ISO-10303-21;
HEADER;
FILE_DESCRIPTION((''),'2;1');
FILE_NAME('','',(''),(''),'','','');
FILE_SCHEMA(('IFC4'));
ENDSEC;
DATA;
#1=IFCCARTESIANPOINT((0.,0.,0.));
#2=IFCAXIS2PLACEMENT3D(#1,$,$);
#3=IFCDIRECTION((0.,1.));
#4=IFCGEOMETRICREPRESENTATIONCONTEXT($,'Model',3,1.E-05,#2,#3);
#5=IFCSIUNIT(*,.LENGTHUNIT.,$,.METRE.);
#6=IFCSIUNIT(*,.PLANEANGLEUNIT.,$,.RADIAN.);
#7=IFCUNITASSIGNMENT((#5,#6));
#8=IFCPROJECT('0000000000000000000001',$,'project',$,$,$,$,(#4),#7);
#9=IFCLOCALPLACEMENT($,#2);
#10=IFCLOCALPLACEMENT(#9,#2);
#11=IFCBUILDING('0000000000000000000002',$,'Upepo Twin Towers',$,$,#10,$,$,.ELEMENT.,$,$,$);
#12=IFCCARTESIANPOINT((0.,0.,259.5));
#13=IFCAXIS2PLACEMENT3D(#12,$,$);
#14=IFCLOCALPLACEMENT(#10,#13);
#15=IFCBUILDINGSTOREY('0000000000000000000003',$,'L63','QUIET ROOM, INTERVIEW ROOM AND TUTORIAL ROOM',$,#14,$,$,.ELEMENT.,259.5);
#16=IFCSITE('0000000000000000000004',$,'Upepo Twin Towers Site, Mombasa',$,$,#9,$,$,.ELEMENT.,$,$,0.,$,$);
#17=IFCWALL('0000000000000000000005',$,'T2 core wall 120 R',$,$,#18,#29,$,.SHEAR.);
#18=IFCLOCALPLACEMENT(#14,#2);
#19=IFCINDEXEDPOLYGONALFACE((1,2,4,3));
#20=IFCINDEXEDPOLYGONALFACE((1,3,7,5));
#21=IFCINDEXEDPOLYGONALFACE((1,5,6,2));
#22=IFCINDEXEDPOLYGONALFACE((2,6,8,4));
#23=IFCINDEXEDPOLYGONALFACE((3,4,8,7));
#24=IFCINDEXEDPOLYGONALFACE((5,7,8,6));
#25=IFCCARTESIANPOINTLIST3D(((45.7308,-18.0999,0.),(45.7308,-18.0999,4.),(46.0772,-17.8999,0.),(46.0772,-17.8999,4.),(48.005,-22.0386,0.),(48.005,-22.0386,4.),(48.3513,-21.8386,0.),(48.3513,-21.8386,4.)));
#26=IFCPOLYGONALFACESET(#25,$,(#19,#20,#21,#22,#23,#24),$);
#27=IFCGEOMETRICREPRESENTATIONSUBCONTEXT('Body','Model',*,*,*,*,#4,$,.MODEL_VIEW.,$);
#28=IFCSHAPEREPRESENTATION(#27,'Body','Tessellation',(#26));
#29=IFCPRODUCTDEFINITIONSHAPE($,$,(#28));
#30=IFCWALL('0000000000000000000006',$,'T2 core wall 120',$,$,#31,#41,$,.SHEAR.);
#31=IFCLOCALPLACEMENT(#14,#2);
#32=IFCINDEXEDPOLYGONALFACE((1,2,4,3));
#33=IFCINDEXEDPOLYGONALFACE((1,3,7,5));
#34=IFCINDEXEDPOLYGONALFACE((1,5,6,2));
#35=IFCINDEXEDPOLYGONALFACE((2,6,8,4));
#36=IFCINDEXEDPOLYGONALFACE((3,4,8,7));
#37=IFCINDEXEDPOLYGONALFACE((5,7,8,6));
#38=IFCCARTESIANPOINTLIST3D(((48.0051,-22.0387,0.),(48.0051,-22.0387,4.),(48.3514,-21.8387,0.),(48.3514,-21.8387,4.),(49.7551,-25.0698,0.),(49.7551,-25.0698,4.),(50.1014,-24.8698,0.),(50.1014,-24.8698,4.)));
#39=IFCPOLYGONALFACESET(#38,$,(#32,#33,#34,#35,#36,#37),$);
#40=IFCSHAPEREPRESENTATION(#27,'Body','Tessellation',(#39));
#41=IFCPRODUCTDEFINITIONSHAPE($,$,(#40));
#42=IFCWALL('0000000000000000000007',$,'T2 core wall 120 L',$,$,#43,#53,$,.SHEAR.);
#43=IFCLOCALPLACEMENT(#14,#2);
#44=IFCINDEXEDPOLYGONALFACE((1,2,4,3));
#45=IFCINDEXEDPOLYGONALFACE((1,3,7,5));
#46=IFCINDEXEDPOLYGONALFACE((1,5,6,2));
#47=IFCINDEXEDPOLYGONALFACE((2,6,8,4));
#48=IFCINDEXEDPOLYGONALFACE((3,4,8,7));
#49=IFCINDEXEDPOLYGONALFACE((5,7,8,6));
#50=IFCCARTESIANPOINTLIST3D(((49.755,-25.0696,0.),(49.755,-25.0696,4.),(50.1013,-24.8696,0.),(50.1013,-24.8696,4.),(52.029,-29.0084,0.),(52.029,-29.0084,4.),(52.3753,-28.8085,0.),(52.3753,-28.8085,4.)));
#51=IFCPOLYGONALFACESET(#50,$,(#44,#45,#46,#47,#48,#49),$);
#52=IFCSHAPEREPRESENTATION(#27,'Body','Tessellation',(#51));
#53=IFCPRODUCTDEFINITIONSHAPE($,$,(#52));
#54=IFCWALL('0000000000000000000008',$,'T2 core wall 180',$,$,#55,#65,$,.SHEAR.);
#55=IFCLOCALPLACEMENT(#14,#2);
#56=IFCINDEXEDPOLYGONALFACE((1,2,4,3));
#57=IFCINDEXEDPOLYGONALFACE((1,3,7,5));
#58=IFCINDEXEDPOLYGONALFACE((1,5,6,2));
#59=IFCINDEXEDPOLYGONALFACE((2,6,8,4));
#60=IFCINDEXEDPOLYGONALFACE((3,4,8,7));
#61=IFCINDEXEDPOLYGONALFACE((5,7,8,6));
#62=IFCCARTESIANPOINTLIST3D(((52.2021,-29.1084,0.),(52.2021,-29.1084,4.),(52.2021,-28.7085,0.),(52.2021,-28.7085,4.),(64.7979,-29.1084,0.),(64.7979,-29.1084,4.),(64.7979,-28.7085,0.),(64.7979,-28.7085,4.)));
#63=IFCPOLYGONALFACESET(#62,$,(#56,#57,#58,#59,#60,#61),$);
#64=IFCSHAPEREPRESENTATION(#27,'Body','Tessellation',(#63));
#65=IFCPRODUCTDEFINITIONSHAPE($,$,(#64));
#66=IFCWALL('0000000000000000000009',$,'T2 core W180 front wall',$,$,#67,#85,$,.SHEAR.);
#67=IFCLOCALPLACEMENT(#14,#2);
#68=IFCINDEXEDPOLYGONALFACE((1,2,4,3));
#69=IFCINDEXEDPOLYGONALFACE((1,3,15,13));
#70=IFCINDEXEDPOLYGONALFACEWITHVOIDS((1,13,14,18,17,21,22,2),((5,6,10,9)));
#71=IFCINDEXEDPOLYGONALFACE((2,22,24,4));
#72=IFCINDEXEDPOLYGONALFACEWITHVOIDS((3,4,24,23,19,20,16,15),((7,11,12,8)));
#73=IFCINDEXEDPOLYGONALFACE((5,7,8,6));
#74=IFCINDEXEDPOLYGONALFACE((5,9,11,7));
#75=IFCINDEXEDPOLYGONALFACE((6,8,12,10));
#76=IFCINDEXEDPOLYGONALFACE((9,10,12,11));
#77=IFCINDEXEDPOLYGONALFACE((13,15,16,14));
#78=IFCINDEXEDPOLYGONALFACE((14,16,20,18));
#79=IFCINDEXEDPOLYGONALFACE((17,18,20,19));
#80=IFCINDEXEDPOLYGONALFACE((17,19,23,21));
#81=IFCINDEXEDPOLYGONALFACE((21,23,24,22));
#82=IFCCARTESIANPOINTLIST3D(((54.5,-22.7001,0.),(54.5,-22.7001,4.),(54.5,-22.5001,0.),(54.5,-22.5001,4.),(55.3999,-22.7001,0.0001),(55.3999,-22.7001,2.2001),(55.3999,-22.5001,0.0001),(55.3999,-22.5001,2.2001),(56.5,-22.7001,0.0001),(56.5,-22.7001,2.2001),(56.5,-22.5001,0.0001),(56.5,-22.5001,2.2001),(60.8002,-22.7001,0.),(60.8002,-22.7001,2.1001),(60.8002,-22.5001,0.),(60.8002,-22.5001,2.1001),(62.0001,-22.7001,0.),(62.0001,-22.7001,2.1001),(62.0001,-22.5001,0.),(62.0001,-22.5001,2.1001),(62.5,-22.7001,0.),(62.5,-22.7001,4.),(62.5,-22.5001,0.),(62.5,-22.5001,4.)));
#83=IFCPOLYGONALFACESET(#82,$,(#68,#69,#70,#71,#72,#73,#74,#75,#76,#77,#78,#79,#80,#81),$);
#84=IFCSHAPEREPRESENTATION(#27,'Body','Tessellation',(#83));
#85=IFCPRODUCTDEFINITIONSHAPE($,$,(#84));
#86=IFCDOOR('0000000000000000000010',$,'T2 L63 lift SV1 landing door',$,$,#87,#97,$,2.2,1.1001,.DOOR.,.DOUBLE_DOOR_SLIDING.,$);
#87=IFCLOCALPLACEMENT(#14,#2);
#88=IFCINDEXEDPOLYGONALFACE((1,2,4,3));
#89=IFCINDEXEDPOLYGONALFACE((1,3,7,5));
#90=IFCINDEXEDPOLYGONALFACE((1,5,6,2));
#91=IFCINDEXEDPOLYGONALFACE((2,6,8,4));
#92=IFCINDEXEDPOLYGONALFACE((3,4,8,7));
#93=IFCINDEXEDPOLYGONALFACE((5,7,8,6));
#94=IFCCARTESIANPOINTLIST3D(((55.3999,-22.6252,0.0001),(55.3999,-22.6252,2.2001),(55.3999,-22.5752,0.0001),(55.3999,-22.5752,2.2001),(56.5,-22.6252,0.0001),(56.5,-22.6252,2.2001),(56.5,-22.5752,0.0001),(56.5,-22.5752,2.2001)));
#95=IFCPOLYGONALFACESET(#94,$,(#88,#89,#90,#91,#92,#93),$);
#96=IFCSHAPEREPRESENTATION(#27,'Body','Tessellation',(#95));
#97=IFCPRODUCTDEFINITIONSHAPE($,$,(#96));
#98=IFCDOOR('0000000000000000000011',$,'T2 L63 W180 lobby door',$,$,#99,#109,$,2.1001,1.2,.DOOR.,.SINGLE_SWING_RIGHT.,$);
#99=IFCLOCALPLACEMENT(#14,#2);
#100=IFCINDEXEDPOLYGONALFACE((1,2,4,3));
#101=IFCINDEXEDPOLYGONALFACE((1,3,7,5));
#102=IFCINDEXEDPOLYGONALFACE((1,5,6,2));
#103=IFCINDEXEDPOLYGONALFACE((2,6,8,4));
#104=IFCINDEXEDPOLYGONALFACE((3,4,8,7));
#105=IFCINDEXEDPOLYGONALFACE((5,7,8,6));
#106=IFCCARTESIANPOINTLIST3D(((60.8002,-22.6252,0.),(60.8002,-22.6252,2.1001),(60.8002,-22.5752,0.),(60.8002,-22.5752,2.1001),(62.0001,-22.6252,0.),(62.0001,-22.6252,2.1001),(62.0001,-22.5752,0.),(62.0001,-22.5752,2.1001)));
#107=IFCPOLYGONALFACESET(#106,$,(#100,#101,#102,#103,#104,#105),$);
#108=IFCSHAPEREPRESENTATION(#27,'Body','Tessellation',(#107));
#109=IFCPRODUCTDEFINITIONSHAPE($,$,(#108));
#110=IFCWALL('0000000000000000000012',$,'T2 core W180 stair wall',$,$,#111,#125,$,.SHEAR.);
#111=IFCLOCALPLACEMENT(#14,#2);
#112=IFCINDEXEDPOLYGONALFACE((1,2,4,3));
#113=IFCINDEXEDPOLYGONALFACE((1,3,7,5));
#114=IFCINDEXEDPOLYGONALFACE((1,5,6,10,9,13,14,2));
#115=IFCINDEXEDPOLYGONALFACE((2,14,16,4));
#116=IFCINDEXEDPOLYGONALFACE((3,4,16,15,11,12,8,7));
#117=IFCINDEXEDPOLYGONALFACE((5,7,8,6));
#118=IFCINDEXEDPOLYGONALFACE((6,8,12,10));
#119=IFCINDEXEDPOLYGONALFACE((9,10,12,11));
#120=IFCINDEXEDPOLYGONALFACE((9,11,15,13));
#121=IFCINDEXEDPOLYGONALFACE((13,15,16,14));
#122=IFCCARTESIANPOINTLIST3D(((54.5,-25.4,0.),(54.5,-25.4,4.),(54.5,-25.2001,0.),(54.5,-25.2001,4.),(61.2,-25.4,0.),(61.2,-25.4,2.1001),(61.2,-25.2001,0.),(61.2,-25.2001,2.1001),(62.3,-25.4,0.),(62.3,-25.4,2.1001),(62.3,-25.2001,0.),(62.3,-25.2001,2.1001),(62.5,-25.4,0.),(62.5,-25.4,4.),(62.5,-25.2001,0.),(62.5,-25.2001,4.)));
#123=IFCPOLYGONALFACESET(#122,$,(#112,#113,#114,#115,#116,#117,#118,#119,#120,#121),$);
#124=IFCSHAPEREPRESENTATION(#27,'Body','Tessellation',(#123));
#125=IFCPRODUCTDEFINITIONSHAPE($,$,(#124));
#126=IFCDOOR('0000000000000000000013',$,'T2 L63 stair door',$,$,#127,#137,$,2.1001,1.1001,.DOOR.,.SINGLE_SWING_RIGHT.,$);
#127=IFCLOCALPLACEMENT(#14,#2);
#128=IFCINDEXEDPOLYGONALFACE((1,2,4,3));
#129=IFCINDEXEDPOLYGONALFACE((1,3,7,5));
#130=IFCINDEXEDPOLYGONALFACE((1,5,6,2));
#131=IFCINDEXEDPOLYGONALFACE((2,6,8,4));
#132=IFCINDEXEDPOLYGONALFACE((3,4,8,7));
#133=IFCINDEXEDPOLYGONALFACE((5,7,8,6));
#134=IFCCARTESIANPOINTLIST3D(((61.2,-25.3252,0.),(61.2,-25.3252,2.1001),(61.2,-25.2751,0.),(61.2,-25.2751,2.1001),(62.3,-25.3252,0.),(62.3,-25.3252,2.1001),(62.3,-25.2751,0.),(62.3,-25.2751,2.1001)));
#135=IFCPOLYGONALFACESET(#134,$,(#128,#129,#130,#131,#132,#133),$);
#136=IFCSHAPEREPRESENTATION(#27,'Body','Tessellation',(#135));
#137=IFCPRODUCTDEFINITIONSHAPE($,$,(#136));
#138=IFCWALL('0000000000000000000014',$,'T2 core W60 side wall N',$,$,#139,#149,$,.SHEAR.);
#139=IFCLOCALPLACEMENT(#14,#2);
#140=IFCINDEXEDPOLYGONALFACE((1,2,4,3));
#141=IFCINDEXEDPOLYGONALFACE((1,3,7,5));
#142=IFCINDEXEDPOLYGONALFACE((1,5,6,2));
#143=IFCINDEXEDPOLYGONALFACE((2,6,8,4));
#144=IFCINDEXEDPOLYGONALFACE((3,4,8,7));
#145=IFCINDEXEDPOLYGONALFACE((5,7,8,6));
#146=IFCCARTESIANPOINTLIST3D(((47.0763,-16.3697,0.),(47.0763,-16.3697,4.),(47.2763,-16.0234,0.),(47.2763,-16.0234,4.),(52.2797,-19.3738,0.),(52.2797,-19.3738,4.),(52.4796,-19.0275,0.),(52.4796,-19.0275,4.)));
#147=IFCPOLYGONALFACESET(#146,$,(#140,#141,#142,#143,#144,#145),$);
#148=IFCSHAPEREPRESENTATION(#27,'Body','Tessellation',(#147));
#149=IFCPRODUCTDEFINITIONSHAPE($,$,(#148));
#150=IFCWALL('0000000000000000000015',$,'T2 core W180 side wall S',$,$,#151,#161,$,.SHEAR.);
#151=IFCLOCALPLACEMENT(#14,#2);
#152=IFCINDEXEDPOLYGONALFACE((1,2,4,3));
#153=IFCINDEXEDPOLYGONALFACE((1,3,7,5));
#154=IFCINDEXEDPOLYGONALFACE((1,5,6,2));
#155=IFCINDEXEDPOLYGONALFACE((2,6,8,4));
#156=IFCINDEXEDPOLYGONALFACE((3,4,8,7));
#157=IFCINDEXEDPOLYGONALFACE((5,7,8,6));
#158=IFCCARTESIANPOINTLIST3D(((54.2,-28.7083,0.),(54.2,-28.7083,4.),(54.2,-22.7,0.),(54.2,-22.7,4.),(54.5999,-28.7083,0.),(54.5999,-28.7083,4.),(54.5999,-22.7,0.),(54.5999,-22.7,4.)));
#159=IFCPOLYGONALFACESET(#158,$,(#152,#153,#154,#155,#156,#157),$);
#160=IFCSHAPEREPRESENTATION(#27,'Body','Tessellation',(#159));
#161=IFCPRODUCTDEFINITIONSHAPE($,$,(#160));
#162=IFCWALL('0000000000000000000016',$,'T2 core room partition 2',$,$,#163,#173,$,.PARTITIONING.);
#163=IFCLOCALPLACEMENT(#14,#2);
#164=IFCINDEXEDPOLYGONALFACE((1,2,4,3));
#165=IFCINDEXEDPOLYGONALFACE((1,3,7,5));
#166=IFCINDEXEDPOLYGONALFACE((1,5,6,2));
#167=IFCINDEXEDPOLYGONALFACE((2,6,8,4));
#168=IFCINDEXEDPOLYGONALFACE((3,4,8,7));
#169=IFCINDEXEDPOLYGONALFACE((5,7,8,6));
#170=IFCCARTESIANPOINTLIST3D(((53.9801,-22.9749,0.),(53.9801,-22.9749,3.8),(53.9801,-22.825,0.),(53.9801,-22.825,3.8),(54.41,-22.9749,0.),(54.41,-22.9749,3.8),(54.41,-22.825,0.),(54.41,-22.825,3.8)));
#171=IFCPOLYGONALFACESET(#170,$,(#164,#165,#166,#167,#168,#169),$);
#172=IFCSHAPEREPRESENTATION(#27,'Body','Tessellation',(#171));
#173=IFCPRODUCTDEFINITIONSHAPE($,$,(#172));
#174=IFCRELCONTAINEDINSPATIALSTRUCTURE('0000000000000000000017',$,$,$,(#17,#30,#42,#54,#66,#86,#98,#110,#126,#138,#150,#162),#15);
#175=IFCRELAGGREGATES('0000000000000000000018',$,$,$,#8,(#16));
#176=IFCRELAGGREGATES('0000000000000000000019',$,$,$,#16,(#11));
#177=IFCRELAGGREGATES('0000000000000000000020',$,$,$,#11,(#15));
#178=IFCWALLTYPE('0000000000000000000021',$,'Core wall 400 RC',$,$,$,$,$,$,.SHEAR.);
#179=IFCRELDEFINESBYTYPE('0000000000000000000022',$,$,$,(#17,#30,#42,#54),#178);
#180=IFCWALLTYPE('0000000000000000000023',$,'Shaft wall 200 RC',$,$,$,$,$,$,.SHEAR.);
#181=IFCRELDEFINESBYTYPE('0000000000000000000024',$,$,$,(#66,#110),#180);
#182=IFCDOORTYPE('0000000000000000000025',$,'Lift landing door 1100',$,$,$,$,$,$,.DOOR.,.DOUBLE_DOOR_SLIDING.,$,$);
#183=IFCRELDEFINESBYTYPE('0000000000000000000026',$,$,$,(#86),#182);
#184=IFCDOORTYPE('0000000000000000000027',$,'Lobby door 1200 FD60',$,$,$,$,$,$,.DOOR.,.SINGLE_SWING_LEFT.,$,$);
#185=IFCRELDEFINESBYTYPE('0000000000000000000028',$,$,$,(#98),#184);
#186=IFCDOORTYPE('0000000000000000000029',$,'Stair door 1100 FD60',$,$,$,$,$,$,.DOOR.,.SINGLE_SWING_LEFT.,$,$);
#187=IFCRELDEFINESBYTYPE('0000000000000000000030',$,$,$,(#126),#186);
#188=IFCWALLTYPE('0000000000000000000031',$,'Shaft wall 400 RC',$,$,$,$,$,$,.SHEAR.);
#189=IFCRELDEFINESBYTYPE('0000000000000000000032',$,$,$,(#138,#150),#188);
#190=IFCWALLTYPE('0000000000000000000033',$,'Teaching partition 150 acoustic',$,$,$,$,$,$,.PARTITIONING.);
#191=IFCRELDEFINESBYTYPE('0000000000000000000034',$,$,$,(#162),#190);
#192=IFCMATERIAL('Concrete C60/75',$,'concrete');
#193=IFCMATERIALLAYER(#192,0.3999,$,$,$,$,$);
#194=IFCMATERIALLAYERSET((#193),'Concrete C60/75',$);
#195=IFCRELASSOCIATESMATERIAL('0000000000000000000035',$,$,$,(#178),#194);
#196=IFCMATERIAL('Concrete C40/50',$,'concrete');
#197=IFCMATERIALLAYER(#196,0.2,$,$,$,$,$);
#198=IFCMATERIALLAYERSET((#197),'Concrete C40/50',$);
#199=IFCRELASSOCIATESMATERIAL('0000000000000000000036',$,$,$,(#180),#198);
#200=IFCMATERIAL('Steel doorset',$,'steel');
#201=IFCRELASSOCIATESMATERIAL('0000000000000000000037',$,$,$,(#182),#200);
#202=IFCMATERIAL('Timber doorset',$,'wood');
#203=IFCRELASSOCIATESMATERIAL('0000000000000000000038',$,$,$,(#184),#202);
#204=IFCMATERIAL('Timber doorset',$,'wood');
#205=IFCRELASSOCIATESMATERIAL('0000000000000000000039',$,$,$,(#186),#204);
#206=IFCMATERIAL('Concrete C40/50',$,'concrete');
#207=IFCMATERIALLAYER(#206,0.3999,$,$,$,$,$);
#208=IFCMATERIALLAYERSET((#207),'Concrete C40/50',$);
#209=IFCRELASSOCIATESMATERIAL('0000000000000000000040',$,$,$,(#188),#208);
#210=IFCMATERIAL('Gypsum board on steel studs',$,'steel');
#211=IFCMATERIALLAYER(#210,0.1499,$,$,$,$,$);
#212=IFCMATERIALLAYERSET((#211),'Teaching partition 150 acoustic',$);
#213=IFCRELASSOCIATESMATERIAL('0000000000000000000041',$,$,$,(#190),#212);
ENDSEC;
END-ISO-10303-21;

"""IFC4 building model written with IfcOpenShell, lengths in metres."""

from ifc_helpers import new_model, si_unit, direction, frame, frame_2d, origin, place, context, subcontext, project, spatial, rectangle, extrude, material, layer, layer_set, type_object, element, fill, save


model = new_model("IFC4")

# Units and contexts
model_context = context("Model", 3, precision=1e-05, world=origin(), true_north=direction((0.0, 1.0)))
body_context = subcontext(model_context, "Body", "Model", "MODEL_VIEW")
ifc_project = project(units=[si_unit("LENGTHUNIT", "METRE"), si_unit("PLANEANGLEUNIT", "RADIAN")], contexts=[model_context])

# Site, building, storey
site_placement = place(None, origin())
site = spatial("IfcSite", under=ifc_project, at=site_placement, Name="Upepo Twin Towers Site, Mombasa", CompositionType="ELEMENT", RefElevation=0.0)
building_placement = place(site_placement, origin())
building = spatial("IfcBuilding", under=site, at=building_placement, Name="Upepo Twin Towers", CompositionType="ELEMENT")
storey_placement = place(building_placement, frame((0.0, 0.0, 259.5)))
storey = spatial("IfcBuildingStorey", under=building, at=storey_placement, Name="L63", Description="QUIET ROOM, INTERVIEW ROOM AND TUTORIAL ROOM", CompositionType="ELEMENT", Elevation=259.5)

# Walls
ifc_material_1 = material(Name="Concrete C60/75", Category="concrete")
ifc_layer_1 = layer(ifc_material_1, 0.3999)
ifc_layer_set_1 = layer_set([ifc_layer_1], Name="Concrete C60/75")
wall_type_1 = type_object("IfcWallType", Name="Core wall 400 RC", PredefinedType="SHEAR", material=ifc_layer_set_1)
wall_1_placement = place(storey_placement, frame((45.9041, -18.0, 0.0), z_axis=(0.0, 0.0, 1.0), x_axis=(0.500024, -0.866011, 0.0)))
element("IfcWall", 1, at=wall_1_placement, inside=storey, type_object=wall_type_1, Name="T2 core wall 120 R", PredefinedType="SHEAR", context=body_context, shape_type="SweptSolid", body=[
    extrude(rectangle(XDim=4.5481, YDim=0.3999, at=frame_2d((2.2739, 0.0))), origin(), (0.0, 0.0, 1.0), 4.0),
])
wall_2_placement = place(storey_placement, frame((48.1782, -21.9387, 0.0), z_axis=(0.0, 0.0, 1.0), x_axis=(0.50001, -0.866019, 0.0)))
element("IfcWall", 2, at=wall_2_placement, inside=storey, type_object=wall_type_1, Name="T2 core wall 120", PredefinedType="SHEAR", context=body_context, shape_type="SweptSolid", body=[
    extrude(rectangle(XDim=3.5, YDim=0.3999, at=frame_2d((1.75, 0.0))), origin(), (0.0, 0.0, 1.0), 4.0),
])
wall_3_placement = place(storey_placement, frame((49.9282, -24.9697, 0.0), z_axis=(0.0, 0.0, 1.0), x_axis=(0.499984, -0.866035, 0.0)))
element("IfcWall", 3, at=wall_3_placement, inside=storey, type_object=wall_type_1, Name="T2 core wall 120 L", PredefinedType="SHEAR", context=body_context, shape_type="SweptSolid", body=[
    extrude(rectangle(XDim=4.5481, YDim=0.3999, at=frame_2d((2.2739, 0.0))), origin(), (0.0, 0.0, 1.0), 4.0),
])
wall_4_placement = place(storey_placement, frame((52.2021, -28.9084, 0.0), z_axis=(0.0, 0.0, 1.0), x_axis=(1.0, 0.0, 0.0)))
element("IfcWall", 4, at=wall_4_placement, inside=storey, type_object=wall_type_1, Name="T2 core wall 180", PredefinedType="SHEAR", context=body_context, shape_type="SweptSolid", body=[
    extrude(rectangle(XDim=12.5957, YDim=0.3999, at=frame_2d((6.2979, 0.0))), origin(), (0.0, 0.0, 1.0), 4.0),
])

# Wall, openings, doors
ifc_material_2 = material(Name="Concrete C40/50", Category="concrete")
ifc_layer_2 = layer(ifc_material_2, 0.2)
ifc_layer_set_2 = layer_set([ifc_layer_2], Name="Concrete C40/50")
wall_type_2 = type_object("IfcWallType", Name="Shaft wall 200 RC", PredefinedType="SHEAR", material=ifc_layer_set_2)
wall_5_placement = place(storey_placement, frame((54.5, -22.6001, 0.0), z_axis=(0.0, 0.0, 1.0), x_axis=(1.0, 0.0, 0.0)))
wall_5 = element("IfcWall", 5, at=wall_5_placement, inside=storey, type_object=wall_type_2, Name="T2 core W180 front wall", PredefinedType="SHEAR", context=body_context, shape_type="SweptSolid", body=[
    extrude(rectangle(XDim=8.0, YDim=0.2, at=frame_2d((4.0, 0.0))), origin(), (0.0, 0.0, 1.0), 4.0),
])
opening_1_placement = place(wall_5_placement, frame((6.3, 0.0, 0.0)))
opening_1 = element("IfcOpeningElement", 6, at=opening_1_placement, cuts=wall_5, PredefinedType="OPENING", context=body_context, shape_type="SweptSolid", body=[
    extrude(rectangle(XDim=1.2, YDim=2.1001, at=frame_2d((0.6001, 1.05))), frame((0.0, 0.1099, 0.0), z_axis=(0.0, -1.0, 0.0), x_axis=(1.0, 0.0, 0.0)), (0.0, 0.0, 1.0), 0.22),
])
opening_2_placement = place(wall_5_placement, frame((0.8999, 0.0, 0.0)))
opening_2 = element("IfcOpeningElement", 7, at=opening_2_placement, cuts=wall_5, PredefinedType="OPENING", context=body_context, shape_type="SweptSolid", body=[
    extrude(rectangle(XDim=1.1001, YDim=2.2, at=frame_2d((0.55, 1.1001))), frame((0.0, 0.1099, 0.0), z_axis=(0.0, -1.0, 0.0), x_axis=(1.0, 0.0, 0.0)), (0.0, 0.0, 1.0), 0.22),
])
ifc_material_3 = material(Name="Steel doorset", Category="steel")
door_type_1 = type_object("IfcDoorType", Name="Lift landing door 1100", OperationType="DOUBLE_DOOR_SLIDING", PredefinedType="DOOR", material=ifc_material_3)
door_1_placement = place(opening_2_placement, origin())
door_1 = element("IfcDoor", 8, at=door_1_placement, inside=storey, type_object=door_type_1, Name="T2 L63 lift SV1 landing door", OperationType="DOUBLE_DOOR_SLIDING", OverallHeight=2.2, OverallWidth=1.1001, PredefinedType="DOOR", context=body_context, shape_type="SweptSolid", body=[
    extrude(rectangle(XDim=1.1001, YDim=2.2, at=frame_2d((0.55, 1.1001))), frame((0.0, 0.0249, 0.0), z_axis=(0.0, -1.0, 0.0), x_axis=(1.0, 0.0, 0.0)), (0.0, 0.0, 1.0), 0.05),
])
fill(opening_2, door_1)
ifc_material_4 = material(Name="Timber doorset", Category="wood")
door_type_2 = type_object("IfcDoorType", Name="Lobby door 1200 FD60", OperationType="SINGLE_SWING_LEFT", PredefinedType="DOOR", material=ifc_material_4)
door_2_placement = place(opening_1_placement, origin())
door_2 = element("IfcDoor", 9, at=door_2_placement, inside=storey, type_object=door_type_2, Name="T2 L63 W180 lobby door", OperationType="SINGLE_SWING_RIGHT", OverallHeight=2.1001, OverallWidth=1.2, PredefinedType="DOOR", context=body_context, shape_type="SweptSolid", body=[
    extrude(rectangle(XDim=1.2, YDim=2.1001, at=frame_2d((0.6001, 1.05))), frame((0.0, 0.0249, 0.0), z_axis=(0.0, -1.0, 0.0), x_axis=(1.0, 0.0, 0.0)), (0.0, 0.0, 1.0), 0.05),
])
fill(opening_1, door_2)

# Wall, opening, door
wall_6_placement = place(storey_placement, frame((54.5, -25.3, 0.0), z_axis=(0.0, 0.0, 1.0), x_axis=(1.0, 0.0, 0.0)))
wall_6 = element("IfcWall", 10, at=wall_6_placement, inside=storey, type_object=wall_type_2, Name="T2 core W180 stair wall", PredefinedType="SHEAR", context=body_context, shape_type="SweptSolid", body=[
    extrude(rectangle(XDim=8.0, YDim=0.2, at=frame_2d((4.0, 0.0))), origin(), (0.0, 0.0, 1.0), 4.0),
])
opening_3_placement = place(wall_6_placement, frame((6.7, 0.0, 0.0)))
opening_3 = element("IfcOpeningElement", 11, at=opening_3_placement, cuts=wall_6, PredefinedType="OPENING", context=body_context, shape_type="SweptSolid", body=[
    extrude(rectangle(XDim=1.1001, YDim=2.1001, at=frame_2d((0.55, 1.05))), frame((0.0, 0.1099, 0.0), z_axis=(0.0, -1.0, 0.0), x_axis=(1.0, 0.0, 0.0)), (0.0, 0.0, 1.0), 0.22),
])
ifc_material_5 = material(Name="Timber doorset", Category="wood")
door_type_3 = type_object("IfcDoorType", Name="Stair door 1100 FD60", OperationType="SINGLE_SWING_LEFT", PredefinedType="DOOR", material=ifc_material_5)
door_3_placement = place(opening_3_placement, origin())
door_3 = element("IfcDoor", 12, at=door_3_placement, inside=storey, type_object=door_type_3, Name="T2 L63 stair door", OperationType="SINGLE_SWING_RIGHT", OverallHeight=2.1001, OverallWidth=1.1001, PredefinedType="DOOR", context=body_context, shape_type="SweptSolid", body=[
    extrude(rectangle(XDim=1.1001, YDim=2.1001, at=frame_2d((0.55, 1.05))), frame((0.0, 0.0249, 0.0), z_axis=(0.0, -1.0, 0.0), x_axis=(1.0, 0.0, 0.0)), (0.0, 0.0, 1.0), 0.05),
])
fill(opening_3, door_3)

# Walls
ifc_material_6 = material(Name="Concrete C40/50", Category="concrete")
ifc_layer_3 = layer(ifc_material_6, 0.3999)
ifc_layer_set_3 = layer_set([ifc_layer_3], Name="Concrete C40/50")
wall_type_3 = type_object("IfcWallType", Name="Shaft wall 400 RC", PredefinedType="SHEAR", material=ifc_layer_set_3)
for number, where, z_axis, x_axis, name in (
    (13, (52.3796, -19.2007, 0.0), (0.0, 0.0, 1.0), (-0.866027, 0.499998, 0.0), "T2 core W60 side wall N"),
    (14, (54.3999, -22.7, 0.0), (0.0, 0.0, 1.0), (0.0, -1.0, 0.0), "T2 core W180 side wall S"),
):
    element("IfcWall", number, at=place(storey_placement, frame(where, z_axis=z_axis, x_axis=x_axis)), inside=storey, type_object=wall_type_3, Name=name, PredefinedType="SHEAR", context=body_context, shape_type="SweptSolid", body=[
        extrude(rectangle(XDim=6.0083, YDim=0.3999, at=frame_2d((3.0042, 0.0))), origin(), (0.0, 0.0, 1.0), 4.0),
    ])
ifc_material_7 = material(Name="Gypsum board on steel studs", Category="steel")
ifc_layer_4 = layer(ifc_material_7, 0.1499)
ifc_layer_set_4 = layer_set([ifc_layer_4], Name="Teaching partition 150 acoustic")
wall_type_4 = type_object("IfcWallType", Name="Teaching partition 150 acoustic", PredefinedType="PARTITIONING", material=ifc_layer_set_4)
wall_7_placement = place(storey_placement, frame((54.4099, -22.8999, 0.0), z_axis=(0.0, 0.0, 1.0), x_axis=(-1.0, 0.0, 0.0)))
element("IfcWall", 15, at=wall_7_placement, inside=storey, type_object=wall_type_4, Name="T2 core room partition 2", PredefinedType="PARTITIONING", context=body_context, shape_type="SweptSolid", body=[
    extrude(rectangle(XDim=0.4299, YDim=0.1499, at=frame_2d((0.2148, 0.0))), origin(), (0.0, 0.0, 1.0), 3.8),
])

save(model, "model.ifc")
